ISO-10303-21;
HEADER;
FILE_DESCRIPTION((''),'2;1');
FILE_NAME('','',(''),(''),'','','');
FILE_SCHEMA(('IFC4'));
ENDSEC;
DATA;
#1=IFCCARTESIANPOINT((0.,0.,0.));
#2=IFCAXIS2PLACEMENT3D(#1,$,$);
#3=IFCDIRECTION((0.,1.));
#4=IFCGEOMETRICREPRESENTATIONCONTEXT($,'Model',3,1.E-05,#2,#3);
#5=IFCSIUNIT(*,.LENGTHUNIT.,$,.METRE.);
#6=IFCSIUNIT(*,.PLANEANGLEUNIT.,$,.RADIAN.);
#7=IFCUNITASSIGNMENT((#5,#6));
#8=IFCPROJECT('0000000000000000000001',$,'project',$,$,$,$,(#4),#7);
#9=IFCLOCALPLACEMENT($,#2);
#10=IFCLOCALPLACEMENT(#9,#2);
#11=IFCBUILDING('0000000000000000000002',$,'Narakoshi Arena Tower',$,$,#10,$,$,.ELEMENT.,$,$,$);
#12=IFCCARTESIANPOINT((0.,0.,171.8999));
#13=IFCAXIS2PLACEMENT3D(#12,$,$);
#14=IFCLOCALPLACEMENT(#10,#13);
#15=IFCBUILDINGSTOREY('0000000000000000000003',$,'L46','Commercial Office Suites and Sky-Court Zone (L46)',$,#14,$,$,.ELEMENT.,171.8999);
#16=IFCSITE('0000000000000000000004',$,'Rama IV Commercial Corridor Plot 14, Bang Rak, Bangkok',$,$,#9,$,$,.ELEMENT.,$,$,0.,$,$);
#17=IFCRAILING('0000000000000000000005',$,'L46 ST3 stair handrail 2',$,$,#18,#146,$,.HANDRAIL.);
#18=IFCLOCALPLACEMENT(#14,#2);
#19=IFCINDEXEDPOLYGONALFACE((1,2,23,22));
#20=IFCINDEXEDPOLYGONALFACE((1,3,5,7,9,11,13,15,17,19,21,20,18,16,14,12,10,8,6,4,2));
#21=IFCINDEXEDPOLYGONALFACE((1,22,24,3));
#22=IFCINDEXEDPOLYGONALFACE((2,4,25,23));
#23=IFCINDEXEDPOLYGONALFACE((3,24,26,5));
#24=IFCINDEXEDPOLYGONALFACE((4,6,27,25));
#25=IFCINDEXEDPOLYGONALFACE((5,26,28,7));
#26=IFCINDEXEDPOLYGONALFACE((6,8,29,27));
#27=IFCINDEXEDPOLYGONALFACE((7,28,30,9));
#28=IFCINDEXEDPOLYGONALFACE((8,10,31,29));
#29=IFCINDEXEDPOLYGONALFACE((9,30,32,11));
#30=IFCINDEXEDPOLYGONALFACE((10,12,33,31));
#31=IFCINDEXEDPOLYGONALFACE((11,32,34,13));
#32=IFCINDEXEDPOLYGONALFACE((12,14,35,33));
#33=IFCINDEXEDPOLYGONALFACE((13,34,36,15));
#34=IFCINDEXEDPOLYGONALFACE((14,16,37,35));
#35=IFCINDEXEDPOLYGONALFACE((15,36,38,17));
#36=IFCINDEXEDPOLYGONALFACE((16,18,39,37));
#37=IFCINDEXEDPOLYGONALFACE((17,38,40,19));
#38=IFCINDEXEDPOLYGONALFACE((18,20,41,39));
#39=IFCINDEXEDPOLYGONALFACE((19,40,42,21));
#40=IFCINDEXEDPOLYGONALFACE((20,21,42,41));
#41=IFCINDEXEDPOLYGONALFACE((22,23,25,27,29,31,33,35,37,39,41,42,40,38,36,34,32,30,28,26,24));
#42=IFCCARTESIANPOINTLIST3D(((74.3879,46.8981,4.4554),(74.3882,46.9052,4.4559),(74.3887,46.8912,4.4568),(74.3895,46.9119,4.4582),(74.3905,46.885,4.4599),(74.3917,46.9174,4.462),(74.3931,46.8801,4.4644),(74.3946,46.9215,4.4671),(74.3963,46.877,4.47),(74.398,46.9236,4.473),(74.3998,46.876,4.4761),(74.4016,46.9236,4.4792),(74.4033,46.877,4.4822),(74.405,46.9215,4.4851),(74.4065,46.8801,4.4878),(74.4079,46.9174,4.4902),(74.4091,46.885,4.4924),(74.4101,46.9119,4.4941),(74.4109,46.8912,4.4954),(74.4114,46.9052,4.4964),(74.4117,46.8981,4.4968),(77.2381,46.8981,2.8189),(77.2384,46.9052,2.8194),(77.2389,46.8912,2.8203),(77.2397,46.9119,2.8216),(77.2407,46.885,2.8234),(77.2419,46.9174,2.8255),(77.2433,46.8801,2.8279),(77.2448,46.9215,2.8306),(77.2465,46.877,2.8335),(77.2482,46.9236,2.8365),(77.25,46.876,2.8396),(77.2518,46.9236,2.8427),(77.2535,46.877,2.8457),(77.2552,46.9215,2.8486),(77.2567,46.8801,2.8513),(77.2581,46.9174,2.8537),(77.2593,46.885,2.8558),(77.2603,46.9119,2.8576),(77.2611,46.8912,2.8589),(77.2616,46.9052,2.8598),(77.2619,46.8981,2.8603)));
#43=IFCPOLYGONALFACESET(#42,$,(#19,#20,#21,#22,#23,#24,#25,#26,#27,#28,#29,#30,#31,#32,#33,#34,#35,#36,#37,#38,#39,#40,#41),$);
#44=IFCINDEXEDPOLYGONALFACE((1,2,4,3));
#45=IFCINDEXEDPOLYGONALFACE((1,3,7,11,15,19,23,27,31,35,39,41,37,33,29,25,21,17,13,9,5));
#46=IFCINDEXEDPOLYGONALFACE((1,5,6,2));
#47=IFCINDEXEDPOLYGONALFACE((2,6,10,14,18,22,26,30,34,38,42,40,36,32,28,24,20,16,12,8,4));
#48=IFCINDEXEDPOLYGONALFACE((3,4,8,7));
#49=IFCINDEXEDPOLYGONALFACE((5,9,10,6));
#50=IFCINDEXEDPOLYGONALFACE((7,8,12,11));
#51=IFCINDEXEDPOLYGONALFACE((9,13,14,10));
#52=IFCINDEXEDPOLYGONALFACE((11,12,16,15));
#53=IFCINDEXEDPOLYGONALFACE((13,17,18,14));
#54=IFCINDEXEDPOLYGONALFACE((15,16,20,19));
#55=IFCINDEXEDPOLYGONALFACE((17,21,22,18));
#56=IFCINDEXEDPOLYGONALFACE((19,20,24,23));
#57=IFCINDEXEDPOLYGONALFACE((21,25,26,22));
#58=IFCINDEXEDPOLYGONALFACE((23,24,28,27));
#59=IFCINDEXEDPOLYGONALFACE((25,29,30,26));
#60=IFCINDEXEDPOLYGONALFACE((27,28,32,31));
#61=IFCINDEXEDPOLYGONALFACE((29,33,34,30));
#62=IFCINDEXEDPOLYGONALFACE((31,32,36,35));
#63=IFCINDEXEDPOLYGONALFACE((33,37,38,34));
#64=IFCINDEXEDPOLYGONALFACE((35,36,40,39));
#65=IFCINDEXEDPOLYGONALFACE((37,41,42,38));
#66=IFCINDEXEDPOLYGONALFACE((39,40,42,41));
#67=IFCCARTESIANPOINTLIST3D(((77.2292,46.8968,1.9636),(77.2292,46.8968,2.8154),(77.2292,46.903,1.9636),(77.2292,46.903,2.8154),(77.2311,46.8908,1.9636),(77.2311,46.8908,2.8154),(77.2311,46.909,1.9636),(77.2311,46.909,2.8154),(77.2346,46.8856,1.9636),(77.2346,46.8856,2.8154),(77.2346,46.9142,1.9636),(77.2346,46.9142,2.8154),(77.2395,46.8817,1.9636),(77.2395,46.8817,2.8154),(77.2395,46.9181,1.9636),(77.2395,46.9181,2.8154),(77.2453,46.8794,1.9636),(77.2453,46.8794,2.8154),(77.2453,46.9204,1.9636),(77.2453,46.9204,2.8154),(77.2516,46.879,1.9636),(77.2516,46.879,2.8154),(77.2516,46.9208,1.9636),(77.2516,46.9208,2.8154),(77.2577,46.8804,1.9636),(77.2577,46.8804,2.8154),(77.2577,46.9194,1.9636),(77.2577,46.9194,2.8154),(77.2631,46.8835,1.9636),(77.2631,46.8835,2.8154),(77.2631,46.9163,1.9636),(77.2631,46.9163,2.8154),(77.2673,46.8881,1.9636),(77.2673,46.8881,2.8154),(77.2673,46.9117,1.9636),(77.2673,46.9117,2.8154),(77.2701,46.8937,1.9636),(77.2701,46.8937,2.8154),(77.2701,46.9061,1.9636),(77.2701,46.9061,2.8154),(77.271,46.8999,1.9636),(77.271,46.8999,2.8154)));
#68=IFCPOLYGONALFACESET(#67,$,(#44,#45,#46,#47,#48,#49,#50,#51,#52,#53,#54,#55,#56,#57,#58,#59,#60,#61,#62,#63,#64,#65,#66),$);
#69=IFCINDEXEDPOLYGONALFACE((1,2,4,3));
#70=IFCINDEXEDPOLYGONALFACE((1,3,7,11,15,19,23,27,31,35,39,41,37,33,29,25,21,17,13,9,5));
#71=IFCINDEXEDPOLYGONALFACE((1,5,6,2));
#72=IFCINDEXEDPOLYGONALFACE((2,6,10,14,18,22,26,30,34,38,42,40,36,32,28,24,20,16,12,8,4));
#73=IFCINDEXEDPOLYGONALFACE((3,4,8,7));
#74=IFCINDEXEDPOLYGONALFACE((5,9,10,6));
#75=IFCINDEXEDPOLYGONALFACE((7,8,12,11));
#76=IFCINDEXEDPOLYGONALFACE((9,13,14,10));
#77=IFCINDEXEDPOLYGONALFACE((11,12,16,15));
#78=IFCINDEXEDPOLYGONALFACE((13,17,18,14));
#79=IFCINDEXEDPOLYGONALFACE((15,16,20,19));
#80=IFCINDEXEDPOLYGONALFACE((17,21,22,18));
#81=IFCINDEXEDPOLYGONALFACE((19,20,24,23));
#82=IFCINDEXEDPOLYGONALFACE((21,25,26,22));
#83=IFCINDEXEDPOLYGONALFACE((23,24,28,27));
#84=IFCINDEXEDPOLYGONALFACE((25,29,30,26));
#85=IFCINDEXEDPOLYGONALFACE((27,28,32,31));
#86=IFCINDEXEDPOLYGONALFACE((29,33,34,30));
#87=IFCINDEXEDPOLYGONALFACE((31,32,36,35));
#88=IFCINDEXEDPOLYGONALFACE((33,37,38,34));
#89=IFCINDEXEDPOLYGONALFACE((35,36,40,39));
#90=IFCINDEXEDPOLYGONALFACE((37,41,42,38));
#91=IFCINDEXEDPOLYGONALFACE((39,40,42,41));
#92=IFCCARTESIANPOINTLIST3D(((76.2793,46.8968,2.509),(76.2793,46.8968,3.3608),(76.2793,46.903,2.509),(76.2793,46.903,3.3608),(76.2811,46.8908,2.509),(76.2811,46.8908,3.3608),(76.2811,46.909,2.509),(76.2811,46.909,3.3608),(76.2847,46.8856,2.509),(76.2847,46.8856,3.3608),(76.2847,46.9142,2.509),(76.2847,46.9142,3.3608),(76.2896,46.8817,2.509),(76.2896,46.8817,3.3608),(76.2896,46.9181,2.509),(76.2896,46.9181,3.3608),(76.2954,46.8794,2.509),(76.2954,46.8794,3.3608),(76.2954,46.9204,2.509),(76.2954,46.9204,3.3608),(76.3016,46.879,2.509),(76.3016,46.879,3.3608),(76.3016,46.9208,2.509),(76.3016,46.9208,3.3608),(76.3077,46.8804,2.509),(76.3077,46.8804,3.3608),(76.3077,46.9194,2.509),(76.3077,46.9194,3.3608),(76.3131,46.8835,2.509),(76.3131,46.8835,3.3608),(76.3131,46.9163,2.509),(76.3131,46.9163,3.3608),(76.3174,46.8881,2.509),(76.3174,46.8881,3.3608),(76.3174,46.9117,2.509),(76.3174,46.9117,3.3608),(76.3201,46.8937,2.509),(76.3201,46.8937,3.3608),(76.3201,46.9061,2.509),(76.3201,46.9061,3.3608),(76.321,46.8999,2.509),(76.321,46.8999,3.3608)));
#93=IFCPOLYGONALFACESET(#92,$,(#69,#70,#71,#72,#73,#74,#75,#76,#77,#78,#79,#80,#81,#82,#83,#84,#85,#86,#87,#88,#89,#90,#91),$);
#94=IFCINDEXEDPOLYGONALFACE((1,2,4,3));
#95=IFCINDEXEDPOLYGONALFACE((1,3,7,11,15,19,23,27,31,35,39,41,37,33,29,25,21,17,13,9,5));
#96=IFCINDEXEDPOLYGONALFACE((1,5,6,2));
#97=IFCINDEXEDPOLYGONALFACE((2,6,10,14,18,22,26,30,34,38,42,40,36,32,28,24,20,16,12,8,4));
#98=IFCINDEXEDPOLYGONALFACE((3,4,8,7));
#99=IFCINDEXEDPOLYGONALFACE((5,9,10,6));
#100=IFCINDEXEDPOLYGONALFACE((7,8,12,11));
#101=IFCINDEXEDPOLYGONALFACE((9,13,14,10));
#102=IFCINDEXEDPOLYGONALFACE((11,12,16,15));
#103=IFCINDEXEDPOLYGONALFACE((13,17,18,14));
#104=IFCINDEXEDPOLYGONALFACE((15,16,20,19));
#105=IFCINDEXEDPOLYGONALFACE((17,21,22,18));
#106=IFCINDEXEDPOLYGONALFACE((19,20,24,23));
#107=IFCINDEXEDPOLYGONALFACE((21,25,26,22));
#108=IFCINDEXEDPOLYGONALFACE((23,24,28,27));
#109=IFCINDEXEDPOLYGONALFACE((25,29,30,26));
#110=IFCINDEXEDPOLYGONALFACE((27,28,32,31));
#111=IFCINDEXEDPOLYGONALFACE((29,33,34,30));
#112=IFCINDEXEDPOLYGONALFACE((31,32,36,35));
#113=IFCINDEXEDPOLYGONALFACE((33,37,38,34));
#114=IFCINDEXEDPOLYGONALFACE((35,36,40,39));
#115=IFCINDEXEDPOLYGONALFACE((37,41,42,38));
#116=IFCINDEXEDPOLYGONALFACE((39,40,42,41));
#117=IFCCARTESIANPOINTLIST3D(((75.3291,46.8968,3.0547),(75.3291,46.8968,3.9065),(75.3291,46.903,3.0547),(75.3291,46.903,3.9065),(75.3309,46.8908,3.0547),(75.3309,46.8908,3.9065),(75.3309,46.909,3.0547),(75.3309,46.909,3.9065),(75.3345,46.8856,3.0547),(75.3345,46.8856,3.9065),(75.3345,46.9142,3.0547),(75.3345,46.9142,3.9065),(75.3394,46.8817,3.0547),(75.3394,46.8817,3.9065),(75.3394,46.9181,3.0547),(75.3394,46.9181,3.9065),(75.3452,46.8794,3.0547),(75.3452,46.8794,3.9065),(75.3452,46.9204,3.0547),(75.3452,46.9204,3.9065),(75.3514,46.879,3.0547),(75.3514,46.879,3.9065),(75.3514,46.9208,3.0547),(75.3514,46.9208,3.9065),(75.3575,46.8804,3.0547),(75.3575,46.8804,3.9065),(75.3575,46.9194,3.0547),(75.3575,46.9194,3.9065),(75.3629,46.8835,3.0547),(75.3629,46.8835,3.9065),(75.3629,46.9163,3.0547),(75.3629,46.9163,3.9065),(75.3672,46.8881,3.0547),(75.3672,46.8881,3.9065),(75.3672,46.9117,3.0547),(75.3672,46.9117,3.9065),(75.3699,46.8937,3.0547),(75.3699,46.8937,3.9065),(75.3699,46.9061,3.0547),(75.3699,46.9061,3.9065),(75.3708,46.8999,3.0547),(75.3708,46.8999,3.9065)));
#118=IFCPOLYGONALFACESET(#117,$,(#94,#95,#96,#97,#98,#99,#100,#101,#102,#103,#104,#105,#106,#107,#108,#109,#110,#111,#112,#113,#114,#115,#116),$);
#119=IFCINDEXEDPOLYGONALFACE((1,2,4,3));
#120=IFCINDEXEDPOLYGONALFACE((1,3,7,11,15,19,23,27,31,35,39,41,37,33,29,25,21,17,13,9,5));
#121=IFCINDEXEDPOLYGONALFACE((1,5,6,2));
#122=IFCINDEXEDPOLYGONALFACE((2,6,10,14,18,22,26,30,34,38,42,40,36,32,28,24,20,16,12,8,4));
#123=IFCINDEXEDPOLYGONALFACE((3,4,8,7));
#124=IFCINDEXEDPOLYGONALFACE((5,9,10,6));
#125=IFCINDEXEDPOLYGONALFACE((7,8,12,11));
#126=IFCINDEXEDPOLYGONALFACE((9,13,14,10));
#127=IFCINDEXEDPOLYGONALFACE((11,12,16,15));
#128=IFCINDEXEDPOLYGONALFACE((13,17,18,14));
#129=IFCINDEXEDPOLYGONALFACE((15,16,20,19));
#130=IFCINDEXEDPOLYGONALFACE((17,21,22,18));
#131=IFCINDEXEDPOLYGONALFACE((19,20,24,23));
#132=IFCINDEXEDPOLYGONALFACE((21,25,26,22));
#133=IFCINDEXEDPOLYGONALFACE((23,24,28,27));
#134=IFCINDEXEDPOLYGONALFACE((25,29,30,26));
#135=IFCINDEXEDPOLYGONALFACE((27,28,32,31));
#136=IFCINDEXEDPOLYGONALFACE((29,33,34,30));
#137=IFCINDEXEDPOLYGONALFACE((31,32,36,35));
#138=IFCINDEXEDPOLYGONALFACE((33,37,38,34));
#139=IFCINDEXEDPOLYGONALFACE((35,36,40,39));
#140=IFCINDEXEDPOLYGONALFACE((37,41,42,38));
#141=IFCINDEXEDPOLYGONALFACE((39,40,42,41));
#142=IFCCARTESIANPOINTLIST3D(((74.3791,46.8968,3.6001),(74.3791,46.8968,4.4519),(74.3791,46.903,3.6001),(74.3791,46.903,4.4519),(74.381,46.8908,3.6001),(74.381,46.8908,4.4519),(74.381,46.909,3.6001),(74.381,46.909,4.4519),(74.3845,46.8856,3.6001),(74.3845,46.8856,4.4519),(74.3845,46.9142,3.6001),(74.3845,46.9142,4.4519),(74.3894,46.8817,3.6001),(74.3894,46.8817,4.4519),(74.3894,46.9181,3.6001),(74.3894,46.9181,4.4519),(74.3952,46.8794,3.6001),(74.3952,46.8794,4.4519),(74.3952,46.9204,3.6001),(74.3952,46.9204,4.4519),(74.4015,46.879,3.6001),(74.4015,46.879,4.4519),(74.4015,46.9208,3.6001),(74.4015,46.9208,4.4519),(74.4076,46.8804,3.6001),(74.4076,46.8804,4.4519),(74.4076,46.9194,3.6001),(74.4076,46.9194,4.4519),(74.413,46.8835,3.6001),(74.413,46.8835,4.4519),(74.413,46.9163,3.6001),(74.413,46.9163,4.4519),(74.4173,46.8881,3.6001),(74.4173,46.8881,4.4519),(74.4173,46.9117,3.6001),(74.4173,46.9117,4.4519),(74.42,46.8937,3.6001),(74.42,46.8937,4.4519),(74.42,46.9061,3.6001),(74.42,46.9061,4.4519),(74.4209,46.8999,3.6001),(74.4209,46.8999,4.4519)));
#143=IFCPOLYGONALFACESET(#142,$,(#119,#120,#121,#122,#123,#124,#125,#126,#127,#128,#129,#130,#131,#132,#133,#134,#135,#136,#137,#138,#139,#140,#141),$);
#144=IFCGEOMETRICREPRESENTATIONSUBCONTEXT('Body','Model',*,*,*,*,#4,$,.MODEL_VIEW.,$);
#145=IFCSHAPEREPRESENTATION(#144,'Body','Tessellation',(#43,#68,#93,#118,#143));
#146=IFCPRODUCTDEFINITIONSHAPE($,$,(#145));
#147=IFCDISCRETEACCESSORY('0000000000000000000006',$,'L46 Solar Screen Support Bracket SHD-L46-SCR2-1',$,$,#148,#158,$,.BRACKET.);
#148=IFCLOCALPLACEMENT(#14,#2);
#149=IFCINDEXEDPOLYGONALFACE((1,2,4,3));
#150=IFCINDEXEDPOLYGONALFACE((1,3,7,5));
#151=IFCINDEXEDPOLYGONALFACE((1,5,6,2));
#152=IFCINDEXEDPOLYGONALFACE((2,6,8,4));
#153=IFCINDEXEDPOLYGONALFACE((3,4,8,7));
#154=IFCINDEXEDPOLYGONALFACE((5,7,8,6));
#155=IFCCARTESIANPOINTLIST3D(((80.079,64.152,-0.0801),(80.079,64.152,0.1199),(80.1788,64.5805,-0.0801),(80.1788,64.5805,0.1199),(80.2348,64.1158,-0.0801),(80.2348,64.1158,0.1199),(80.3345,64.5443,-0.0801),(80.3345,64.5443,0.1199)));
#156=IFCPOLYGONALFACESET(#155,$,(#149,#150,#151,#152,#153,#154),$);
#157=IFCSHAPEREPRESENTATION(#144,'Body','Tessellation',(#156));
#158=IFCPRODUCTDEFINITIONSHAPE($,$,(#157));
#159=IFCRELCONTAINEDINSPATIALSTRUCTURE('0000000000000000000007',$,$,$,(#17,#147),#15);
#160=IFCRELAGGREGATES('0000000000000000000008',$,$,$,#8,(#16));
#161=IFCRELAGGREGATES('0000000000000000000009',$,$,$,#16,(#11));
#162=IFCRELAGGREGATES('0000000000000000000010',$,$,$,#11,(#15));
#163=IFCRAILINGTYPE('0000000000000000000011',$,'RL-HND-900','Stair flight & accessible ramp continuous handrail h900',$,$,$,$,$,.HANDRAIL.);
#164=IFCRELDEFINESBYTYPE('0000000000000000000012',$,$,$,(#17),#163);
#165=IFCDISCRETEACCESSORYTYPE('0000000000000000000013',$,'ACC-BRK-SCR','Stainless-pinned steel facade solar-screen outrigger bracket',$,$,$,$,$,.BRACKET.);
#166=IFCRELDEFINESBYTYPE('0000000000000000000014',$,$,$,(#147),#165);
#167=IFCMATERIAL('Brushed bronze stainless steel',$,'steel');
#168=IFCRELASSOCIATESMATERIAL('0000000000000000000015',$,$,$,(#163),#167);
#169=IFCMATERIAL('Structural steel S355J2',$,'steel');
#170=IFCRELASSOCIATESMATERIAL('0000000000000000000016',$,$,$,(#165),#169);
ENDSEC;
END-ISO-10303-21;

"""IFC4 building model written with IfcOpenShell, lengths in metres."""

from ifc_helpers import new_model, si_unit, direction, frame, origin, origin_2d, place, context, subcontext, project, spatial, rectangle, circle, extrude, material, type_object, element, save


model = new_model("IFC4")

# Units and contexts
model_context = context("Model", 3, precision=1e-05, world=origin(), true_north=direction((0.0, 1.0)))
body_context = subcontext(model_context, "Body", "Model", "MODEL_VIEW")
ifc_project = project(units=[si_unit("LENGTHUNIT", "METRE"), si_unit("PLANEANGLEUNIT", "RADIAN")], contexts=[model_context])

# Site, building, storey
site_placement = place(None, origin())
site = spatial("IfcSite", under=ifc_project, at=site_placement, Name="Rama IV Commercial Corridor Plot 14, Bang Rak, Bangkok", CompositionType="ELEMENT", RefElevation=0.0)
building_placement = place(site_placement, origin())
building = spatial("IfcBuilding", under=site, at=building_placement, Name="Narakoshi Arena Tower", CompositionType="ELEMENT")
storey_placement = place(building_placement, frame((0.0, 0.0, 171.8999)))
storey = spatial("IfcBuildingStorey", under=building, at=storey_placement, Name="L46", Description="Commercial Office Suites and Sky-Court Zone (L46)", CompositionType="ELEMENT", Elevation=171.8999)

# Shared definitions
ifc_material_1 = material(Name="Structural steel S355J2", Category="steel")

# Railing
ifc_material_2 = material(Name="Brushed bronze stainless steel", Category="steel")
railing_type_1 = type_object("IfcRailingType", Name="RL-HND-900", Description="Stair flight & accessible ramp continuous handrail h900", PredefinedType="HANDRAIL", material=ifc_material_2)
railing_1_placement = place(storey_placement, frame((77.25, 46.8999, 1.9636)))
element("IfcRailing", 1, at=railing_1_placement, inside=storey, type_object=railing_type_1, Name="L46 ST3 stair handrail 2", PredefinedType="HANDRAIL", context=body_context, shape_type="SweptSolid", body=[
    extrude(circle(Radius=0.0239, at=origin_2d()), frame((0.0, 0.0, 0.876), z_axis=(-0.867213, 0.0, 0.497938), x_axis=(0.0, -1.0, 0.0)), (0.0, 0.0, 1.0), 3.2866),
    extrude(circle(Radius=0.021, at=origin_2d()), origin(), (0.0, 0.0, 1.0), 0.8518),
    extrude(circle(Radius=0.021, at=origin_2d()), frame((-0.95, 0.0, 0.5454)), (0.0, 0.0, 1.0), 0.8518),
    extrude(circle(Radius=0.021, at=origin_2d()), frame((-1.9001, 0.0, 1.0911)), (0.0, 0.0, 1.0), 0.8518),
    extrude(circle(Radius=0.021, at=origin_2d()), frame((-2.8501, 0.0, 1.6365)), (0.0, 0.0, 1.0), 0.8518),
])

# Discrete accessory
discrete_accessory_type = type_object("IfcDiscreteAccessoryType", Name="ACC-BRK-SCR", Description="Stainless-pinned steel facade solar-screen outrigger bracket", PredefinedType="BRACKET", material=ifc_material_1)
discrete_accessory_placement = place(storey_placement, frame((80.2068, 64.3481, -0.0801), z_axis=(0.0, 0.0, 1.0), x_axis=(-0.97396, 0.226719, 0.0)))
element("IfcDiscreteAccessory", 2, at=discrete_accessory_placement, inside=storey, type_object=discrete_accessory_type, Name="L46 Solar Screen Support Bracket SHD-L46-SCR2-1", PredefinedType="BRACKET", context=body_context, shape_type="SweptSolid", body=[
    extrude(rectangle(XDim=0.1599, YDim=0.4399, at=origin_2d()), origin(), (0.0, 0.0, 1.0), 0.2),
])

save(model, "model.ifc")
